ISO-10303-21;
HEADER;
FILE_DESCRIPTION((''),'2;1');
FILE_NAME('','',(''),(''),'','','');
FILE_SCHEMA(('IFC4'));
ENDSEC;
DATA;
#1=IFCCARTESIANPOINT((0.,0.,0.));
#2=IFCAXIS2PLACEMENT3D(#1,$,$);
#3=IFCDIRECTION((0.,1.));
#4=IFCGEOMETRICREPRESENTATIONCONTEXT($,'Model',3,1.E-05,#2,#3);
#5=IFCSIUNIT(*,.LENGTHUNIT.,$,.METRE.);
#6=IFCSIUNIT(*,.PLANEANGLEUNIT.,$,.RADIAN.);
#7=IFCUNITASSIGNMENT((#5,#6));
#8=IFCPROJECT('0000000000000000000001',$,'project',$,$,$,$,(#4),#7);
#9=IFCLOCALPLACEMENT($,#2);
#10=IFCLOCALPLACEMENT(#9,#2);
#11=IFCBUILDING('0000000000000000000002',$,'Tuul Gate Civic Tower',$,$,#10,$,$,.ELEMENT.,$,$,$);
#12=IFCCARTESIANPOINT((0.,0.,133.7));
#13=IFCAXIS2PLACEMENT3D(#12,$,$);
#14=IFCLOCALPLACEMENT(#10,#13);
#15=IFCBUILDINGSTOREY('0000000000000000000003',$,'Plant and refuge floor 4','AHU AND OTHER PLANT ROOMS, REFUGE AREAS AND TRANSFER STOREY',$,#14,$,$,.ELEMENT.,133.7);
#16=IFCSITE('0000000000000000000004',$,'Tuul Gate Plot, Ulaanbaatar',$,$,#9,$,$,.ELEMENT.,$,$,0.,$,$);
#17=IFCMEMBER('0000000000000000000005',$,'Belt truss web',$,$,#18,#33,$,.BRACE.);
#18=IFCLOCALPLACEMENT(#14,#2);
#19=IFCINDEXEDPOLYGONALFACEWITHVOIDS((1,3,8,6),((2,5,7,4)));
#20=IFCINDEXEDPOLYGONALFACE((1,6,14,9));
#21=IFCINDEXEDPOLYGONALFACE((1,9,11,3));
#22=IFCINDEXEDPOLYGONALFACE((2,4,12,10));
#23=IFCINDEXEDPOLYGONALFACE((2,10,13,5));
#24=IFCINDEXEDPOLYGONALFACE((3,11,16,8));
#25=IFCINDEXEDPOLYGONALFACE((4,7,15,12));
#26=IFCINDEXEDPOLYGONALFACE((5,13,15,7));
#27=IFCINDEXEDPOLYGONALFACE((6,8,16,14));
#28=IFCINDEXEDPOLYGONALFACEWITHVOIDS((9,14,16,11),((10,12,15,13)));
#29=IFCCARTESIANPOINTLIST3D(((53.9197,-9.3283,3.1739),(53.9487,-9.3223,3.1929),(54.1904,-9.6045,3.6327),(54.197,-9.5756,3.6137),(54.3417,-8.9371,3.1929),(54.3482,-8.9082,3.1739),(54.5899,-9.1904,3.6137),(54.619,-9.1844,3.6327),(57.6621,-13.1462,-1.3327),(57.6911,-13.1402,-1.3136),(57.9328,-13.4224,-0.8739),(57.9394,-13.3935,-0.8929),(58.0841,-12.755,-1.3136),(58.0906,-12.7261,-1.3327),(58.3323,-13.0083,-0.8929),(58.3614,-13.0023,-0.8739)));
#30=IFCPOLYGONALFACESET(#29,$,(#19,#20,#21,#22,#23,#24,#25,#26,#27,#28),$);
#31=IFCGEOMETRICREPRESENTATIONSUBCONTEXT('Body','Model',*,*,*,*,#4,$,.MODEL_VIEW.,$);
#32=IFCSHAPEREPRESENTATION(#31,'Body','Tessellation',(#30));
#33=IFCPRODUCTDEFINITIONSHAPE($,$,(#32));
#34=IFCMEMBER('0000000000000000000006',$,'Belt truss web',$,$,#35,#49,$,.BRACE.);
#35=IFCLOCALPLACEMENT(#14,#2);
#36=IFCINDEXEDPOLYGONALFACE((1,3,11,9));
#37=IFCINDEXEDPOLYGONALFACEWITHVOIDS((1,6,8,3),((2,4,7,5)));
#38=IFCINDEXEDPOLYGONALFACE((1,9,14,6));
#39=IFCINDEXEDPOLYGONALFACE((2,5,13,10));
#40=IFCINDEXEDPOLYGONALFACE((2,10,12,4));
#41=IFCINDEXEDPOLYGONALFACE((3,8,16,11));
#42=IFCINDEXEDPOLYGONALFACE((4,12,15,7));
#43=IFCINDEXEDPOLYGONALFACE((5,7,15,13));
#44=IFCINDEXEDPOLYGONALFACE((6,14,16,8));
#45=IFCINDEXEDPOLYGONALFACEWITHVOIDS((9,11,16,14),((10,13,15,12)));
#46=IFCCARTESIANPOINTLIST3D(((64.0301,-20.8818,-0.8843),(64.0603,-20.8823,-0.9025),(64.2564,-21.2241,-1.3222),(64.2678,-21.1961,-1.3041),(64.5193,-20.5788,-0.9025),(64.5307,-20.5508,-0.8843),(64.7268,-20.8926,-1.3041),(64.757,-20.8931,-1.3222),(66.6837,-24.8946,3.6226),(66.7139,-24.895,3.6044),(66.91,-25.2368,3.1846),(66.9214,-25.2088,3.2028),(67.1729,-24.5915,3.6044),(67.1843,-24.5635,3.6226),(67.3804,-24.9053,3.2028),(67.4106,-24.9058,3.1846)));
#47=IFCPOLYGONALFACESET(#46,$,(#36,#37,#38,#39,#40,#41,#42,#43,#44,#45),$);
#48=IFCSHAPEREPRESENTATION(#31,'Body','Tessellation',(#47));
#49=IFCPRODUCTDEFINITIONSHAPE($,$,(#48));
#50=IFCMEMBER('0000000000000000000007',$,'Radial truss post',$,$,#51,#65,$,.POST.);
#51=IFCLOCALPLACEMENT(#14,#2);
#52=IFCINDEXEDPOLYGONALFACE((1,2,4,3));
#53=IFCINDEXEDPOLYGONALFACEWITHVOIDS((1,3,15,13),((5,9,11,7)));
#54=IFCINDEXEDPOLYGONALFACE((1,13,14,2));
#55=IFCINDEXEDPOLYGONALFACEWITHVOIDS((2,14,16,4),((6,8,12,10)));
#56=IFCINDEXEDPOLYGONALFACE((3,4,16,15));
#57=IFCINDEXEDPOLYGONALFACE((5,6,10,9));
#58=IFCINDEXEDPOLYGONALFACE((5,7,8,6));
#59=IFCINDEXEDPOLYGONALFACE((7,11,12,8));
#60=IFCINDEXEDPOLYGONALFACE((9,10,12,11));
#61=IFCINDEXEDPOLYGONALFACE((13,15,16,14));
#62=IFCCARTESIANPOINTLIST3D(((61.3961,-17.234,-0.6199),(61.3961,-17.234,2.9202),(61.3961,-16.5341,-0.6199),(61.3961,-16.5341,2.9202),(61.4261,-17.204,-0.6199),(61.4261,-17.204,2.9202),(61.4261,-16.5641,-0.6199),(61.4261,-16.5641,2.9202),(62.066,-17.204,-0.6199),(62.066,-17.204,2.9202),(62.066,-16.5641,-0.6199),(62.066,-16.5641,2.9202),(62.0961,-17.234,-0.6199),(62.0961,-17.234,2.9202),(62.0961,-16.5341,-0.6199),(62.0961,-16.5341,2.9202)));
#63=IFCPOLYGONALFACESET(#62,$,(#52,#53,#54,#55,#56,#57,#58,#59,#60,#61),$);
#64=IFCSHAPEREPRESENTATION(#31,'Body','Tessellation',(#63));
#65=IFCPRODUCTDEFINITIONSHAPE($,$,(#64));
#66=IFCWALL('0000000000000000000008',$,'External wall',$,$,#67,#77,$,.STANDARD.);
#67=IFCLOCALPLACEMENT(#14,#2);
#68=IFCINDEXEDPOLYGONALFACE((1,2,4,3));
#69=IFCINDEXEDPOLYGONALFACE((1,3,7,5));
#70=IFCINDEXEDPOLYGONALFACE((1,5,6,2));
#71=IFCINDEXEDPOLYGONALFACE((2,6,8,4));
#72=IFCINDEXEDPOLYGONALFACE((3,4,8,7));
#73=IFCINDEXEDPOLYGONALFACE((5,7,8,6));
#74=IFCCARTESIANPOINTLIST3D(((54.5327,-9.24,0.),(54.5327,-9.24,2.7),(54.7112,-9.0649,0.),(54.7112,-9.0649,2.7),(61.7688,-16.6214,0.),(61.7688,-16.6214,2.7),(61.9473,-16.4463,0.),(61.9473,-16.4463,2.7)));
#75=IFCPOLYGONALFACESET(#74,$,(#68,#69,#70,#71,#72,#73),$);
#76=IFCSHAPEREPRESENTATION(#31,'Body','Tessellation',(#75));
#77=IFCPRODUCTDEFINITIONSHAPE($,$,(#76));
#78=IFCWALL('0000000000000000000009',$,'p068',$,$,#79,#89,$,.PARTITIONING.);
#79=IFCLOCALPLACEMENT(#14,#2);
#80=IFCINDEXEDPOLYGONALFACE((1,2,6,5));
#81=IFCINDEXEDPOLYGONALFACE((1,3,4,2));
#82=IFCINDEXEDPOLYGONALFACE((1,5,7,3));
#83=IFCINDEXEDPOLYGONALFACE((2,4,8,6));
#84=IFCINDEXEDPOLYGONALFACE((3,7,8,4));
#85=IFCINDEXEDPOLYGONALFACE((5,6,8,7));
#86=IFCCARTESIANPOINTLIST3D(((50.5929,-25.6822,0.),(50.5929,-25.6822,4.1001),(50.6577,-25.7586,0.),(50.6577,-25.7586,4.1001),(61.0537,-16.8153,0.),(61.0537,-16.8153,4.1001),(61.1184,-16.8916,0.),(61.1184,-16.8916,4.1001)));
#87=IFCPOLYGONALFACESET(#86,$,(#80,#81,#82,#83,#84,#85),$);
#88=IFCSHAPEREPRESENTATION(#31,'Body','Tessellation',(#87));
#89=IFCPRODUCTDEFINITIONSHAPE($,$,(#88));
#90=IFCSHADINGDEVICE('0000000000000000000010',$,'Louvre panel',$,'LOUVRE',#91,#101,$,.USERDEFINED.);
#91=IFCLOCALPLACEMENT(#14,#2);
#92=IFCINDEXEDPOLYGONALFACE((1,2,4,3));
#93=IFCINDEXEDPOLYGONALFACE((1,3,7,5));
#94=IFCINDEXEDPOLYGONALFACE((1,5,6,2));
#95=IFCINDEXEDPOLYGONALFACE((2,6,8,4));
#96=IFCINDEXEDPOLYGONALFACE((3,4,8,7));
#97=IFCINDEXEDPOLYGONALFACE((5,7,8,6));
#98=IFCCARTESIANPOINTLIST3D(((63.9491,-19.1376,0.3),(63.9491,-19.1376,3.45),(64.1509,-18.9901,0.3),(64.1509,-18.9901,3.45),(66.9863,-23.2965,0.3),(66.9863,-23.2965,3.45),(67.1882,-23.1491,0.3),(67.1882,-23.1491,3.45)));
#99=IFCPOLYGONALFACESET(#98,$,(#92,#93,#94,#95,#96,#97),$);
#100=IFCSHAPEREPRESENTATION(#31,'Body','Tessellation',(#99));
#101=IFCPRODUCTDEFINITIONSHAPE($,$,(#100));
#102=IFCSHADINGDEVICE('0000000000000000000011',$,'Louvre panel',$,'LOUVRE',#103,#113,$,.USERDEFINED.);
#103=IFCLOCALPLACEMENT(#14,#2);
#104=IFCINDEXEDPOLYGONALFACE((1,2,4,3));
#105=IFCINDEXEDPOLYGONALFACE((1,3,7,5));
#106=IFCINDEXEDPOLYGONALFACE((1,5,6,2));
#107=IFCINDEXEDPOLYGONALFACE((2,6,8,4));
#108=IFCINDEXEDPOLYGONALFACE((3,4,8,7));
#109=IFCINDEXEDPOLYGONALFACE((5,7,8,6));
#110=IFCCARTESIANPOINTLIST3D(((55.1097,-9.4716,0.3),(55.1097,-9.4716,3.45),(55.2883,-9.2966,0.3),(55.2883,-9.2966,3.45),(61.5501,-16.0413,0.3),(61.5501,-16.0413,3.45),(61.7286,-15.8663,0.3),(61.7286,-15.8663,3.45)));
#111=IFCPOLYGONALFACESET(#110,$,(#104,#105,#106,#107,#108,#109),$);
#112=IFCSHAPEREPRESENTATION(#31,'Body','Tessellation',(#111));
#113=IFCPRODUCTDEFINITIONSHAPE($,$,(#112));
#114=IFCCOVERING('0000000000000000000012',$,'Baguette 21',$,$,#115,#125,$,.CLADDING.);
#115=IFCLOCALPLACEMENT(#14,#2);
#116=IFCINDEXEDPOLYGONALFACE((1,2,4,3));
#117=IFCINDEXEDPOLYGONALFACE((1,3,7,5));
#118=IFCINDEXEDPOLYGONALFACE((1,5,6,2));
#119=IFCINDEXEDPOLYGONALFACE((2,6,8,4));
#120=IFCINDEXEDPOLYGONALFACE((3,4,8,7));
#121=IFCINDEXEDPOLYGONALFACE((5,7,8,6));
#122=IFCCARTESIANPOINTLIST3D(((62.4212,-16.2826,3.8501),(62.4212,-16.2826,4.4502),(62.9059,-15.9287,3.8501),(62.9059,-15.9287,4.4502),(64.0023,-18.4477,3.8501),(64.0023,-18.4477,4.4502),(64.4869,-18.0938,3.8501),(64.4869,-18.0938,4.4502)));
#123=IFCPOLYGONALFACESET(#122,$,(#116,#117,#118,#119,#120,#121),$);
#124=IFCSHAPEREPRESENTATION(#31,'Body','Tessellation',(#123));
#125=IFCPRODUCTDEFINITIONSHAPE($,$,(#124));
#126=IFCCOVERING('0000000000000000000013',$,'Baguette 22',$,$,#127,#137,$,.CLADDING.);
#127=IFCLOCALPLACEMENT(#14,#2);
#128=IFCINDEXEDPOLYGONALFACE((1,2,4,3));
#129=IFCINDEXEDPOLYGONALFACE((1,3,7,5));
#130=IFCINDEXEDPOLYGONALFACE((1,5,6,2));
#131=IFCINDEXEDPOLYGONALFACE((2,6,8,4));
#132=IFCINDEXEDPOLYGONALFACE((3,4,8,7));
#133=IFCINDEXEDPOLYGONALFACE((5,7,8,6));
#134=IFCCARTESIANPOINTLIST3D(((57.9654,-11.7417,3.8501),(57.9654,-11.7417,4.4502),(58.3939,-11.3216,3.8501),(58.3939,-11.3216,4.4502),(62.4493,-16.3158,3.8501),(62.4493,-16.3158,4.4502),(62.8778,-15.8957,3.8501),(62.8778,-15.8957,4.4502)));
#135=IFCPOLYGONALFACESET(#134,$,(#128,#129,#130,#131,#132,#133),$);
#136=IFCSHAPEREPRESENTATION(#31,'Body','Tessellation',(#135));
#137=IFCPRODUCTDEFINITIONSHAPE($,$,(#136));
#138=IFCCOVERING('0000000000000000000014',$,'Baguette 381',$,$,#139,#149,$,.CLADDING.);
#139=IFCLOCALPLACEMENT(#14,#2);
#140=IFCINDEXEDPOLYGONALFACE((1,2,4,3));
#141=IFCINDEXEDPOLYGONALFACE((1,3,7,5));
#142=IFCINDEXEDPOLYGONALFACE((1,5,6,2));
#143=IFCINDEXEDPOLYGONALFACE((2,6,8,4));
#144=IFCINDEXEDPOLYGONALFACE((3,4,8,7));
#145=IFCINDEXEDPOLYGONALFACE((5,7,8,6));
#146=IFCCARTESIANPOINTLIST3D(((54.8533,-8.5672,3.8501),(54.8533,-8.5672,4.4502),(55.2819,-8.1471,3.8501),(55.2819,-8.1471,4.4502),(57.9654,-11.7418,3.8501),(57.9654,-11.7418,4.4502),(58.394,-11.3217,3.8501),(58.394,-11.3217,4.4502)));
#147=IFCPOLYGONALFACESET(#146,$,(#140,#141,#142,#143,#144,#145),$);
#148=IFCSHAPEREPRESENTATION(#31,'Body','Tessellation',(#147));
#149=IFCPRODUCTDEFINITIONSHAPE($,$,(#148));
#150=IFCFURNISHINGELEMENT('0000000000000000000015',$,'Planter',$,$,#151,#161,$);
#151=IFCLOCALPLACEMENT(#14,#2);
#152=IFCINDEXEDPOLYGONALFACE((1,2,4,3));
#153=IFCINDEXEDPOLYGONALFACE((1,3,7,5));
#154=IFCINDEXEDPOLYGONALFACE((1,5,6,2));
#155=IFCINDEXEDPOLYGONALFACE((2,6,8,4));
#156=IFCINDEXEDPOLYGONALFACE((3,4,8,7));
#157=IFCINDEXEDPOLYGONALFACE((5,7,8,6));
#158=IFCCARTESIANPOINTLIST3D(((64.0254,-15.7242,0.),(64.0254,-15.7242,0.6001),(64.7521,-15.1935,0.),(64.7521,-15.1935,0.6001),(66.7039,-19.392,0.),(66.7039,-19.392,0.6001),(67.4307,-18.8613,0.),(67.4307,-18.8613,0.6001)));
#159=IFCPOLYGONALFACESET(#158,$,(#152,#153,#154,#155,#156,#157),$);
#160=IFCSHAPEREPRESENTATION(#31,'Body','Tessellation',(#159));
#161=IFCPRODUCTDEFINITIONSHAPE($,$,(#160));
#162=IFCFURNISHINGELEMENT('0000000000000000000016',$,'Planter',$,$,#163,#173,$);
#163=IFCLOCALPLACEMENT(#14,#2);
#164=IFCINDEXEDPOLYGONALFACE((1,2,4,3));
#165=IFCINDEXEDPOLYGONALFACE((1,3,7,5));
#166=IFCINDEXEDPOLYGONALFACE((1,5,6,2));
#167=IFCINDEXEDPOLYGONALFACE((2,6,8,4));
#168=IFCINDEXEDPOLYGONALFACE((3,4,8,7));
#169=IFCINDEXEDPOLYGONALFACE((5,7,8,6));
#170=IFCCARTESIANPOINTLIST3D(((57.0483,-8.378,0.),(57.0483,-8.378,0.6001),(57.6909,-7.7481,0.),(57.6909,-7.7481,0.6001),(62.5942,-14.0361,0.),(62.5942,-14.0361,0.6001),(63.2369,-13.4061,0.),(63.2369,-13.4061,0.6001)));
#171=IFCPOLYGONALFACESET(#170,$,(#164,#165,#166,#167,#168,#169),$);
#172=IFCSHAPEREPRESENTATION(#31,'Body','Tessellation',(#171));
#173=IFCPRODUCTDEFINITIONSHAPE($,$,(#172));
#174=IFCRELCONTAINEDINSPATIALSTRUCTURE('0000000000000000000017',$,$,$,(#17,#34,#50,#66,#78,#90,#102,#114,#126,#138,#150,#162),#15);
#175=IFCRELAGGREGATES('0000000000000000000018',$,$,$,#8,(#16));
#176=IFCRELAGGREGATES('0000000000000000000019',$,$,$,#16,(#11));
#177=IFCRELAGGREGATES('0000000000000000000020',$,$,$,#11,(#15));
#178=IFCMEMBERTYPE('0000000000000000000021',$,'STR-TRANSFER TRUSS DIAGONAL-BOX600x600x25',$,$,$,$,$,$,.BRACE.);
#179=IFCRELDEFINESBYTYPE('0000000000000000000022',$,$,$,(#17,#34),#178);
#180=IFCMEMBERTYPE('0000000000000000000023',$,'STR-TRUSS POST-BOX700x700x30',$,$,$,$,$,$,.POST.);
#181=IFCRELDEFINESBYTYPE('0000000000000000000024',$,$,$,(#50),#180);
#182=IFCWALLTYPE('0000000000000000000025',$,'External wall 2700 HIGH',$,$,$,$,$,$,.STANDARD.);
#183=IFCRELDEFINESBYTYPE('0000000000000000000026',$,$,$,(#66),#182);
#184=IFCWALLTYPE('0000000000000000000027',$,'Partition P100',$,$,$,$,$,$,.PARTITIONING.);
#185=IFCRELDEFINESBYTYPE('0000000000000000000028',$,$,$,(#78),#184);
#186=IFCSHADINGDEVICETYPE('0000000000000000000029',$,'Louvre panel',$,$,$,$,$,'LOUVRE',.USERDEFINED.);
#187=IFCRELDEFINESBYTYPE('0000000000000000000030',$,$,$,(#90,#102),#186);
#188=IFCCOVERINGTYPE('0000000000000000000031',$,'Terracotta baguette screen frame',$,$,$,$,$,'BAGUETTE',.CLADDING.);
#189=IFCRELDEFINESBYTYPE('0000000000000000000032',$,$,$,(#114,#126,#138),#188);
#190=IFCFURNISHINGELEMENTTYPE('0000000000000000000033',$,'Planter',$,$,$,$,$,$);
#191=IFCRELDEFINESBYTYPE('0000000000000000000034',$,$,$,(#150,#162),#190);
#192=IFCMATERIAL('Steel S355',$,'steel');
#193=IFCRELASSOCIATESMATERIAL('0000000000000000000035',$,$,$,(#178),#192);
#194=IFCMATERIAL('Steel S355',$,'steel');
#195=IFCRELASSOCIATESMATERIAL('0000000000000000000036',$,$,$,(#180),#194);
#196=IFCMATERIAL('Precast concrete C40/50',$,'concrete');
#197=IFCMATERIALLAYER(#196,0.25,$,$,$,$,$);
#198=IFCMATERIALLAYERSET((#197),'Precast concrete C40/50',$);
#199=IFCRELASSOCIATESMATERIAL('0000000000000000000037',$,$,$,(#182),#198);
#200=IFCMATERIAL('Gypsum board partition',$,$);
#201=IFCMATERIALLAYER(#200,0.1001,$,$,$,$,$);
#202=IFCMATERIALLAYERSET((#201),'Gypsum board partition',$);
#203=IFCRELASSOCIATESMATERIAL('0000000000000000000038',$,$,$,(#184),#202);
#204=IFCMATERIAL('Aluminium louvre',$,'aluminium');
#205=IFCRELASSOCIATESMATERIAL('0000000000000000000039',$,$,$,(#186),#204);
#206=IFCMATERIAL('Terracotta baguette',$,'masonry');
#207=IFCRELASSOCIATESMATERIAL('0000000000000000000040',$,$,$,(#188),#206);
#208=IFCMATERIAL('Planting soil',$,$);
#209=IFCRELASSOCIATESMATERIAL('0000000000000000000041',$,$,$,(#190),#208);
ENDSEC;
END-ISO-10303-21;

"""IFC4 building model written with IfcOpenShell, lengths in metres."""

from ifc_helpers import new_model, si_unit, direction, frame, frame_2d, origin, origin_2d, place, context, subcontext, project, spatial, rectangle, hollow_rectangle, extrude, material, layer, layer_set, material_profile, profile_set, type_object, element, save


model = new_model("IFC4")

# Units and contexts
model_context = context("Model", 3, precision=1e-05, world=origin(), true_north=direction((0.0, 1.0)))
body_context = subcontext(model_context, "Body", "Model", "MODEL_VIEW")
ifc_project = project(units=[si_unit("LENGTHUNIT", "METRE"), si_unit("PLANEANGLEUNIT", "RADIAN")], contexts=[model_context])

# Site, building, storey
site_placement = place(None, origin())
site = spatial("IfcSite", under=ifc_project, at=site_placement, Name="Tuul Gate Plot, Ulaanbaatar", CompositionType="ELEMENT", RefElevation=0.0)
building_placement = place(site_placement, origin())
building = spatial("IfcBuilding", under=site, at=building_placement, Name="Tuul Gate Civic Tower", CompositionType="ELEMENT")
storey_placement = place(building_placement, frame((0.0, 0.0, 133.7)))
storey = spatial("IfcBuildingStorey", under=building, at=storey_placement, Name="Plant and refuge floor 4", Description="AHU AND OTHER PLANT ROOMS, REFUGE AREAS AND TRANSFER STOREY", CompositionType="ELEMENT", Elevation=133.7)

# Members
ifc_material_1 = material(Name="Steel S355", Category="steel")
ifc_material_profile_1 = material_profile(ifc_material_1, hollow_rectangle(XDim=0.6001, YDim=0.6001, WallThickness=0.0249, at=origin_2d()), Name="BOX600x600x25")
ifc_profile_set_1 = profile_set([ifc_material_profile_1], Name="Steel S355")
member_type_1 = type_object("IfcMemberType", Name="STR-TRANSFER TRUSS DIAGONAL-BOX600x600x25", PredefinedType="BRACE", material=ifc_profile_set_1)
for number, where, z_axis, x_axis, name in (
    (1, (58.0117, -13.0742, -1.1033), (-0.535227, 0.546016, 0.644514), (-0.714127, -0.700016, 0.0), "Belt truss web"),
):
    element("IfcMember", number, at=place(storey_placement, frame(where, z_axis=z_axis, x_axis=x_axis)), inside=storey, type_object=member_type_1, Name=name, PredefinedType="BRACE", context=body_context, shape_type="SweptSolid", body=[
        extrude(hollow_rectangle(XDim=0.6001, YDim=0.6001, WallThickness=0.0249, at=origin_2d()), origin(), (0.0, 0.0, 1.0), 6.9922),
    ])
member_1_placement = place(storey_placement, frame((64.3936, -20.8875, -1.1033), z_axis=(0.402542, -0.60872, 0.683681), x_axis=(0.834114, 0.551593, 0.0)))
element("IfcMember", 2, at=member_1_placement, inside=storey, type_object=member_type_1, Name="Belt truss web", PredefinedType="BRACE", context=body_context, shape_type="SweptSolid", body=[
    extrude(hollow_rectangle(XDim=0.6001, YDim=0.6001, WallThickness=0.0249, at=origin_2d()), origin(), (0.0, 0.0, 1.0), 6.592),
])
ifc_material_2 = material(Name="Steel S355", Category="steel")
ifc_material_profile_2 = material_profile(ifc_material_2, hollow_rectangle(XDim=0.7, YDim=0.7, WallThickness=0.03, at=origin_2d()), Name="BOX700x700x30")
ifc_profile_set_2 = profile_set([ifc_material_profile_2], Name="Steel S355")
member_type_2 = type_object("IfcMemberType", Name="STR-TRUSS POST-BOX700x700x30", PredefinedType="POST", material=ifc_profile_set_2)
member_2_placement = place(storey_placement, frame((61.7461, -16.884, -0.6199), z_axis=(0.0, 0.0, 1.0), x_axis=(1.0, 0.0, 0.0)))
element("IfcMember", 3, at=member_2_placement, inside=storey, type_object=member_type_2, Name="Radial truss post", PredefinedType="POST", context=body_context, shape_type="SweptSolid", body=[
    extrude(hollow_rectangle(XDim=0.7, YDim=0.7, WallThickness=0.03, at=origin_2d()), origin(), (0.0, 0.0, 1.0), 3.54),
])

# Walls
ifc_material_3 = material(Name="Precast concrete C40/50", Category="concrete")
ifc_layer_1 = layer(ifc_material_3, 0.25)
ifc_layer_set_1 = layer_set([ifc_layer_1], Name="Precast concrete C40/50")
wall_type_1 = type_object("IfcWallType", Name="External wall 2700 HIGH", PredefinedType="STANDARD", material=ifc_layer_set_1)
wall_1_placement = place(storey_placement, frame((61.8582, -16.5339, 0.0), z_axis=(0.0, 0.0, 1.0), x_axis=(-0.700045, 0.714099, 0.0)))
element("IfcWall", 4, at=wall_1_placement, inside=storey, type_object=wall_type_1, Name="External wall", PredefinedType="STANDARD", context=body_context, shape_type="SweptSolid", body=[
    extrude(rectangle(XDim=10.3367, YDim=0.25, at=frame_2d((5.1685, 0.0))), origin(), (0.0, 0.0, 1.0), 2.7),
])
ifc_material_4 = material(Name="Gypsum board partition")
ifc_layer_2 = layer(ifc_material_4, 0.1001)
ifc_layer_set_2 = layer_set([ifc_layer_2], Name="Gypsum board partition")
wall_type_2 = type_object("IfcWallType", Name="Partition P100", PredefinedType="PARTITIONING", material=ifc_layer_set_2)
wall_2_placement = place(storey_placement, frame((61.0859, -16.8535, 0.0), z_axis=(0.0, 0.0, 1.0), x_axis=(-0.762825, -0.646604, 0.0)))
element("IfcWall", 5, at=wall_2_placement, inside=storey, type_object=wall_type_2, Name="p068", PredefinedType="PARTITIONING", context=body_context, shape_type="SweptSolid", body=[
    extrude(rectangle(XDim=13.7131, YDim=0.1001, at=frame_2d((6.8564, 0.0))), origin(), (0.0, 0.0, 1.0), 4.1001),
])

# Shading devices
ifc_material_5 = material(Name="Aluminium louvre", Category="aluminium")
shading_device_type = type_object("IfcShadingDeviceType", Name="Louvre panel", ElementType="LOUVRE", PredefinedType="USERDEFINED", material=ifc_material_5)
shading_device_1_placement = place(storey_placement, frame((65.5686, -21.1433, 0.3), z_axis=(0.0, 0.0, 1.0), x_axis=(0.807578, 0.58976, 0.0)))
element("IfcShadingDevice", 6, at=shading_device_1_placement, inside=storey, type_object=shading_device_type, Name="Louvre panel", ObjectType="LOUVRE", PredefinedType="USERDEFINED", context=body_context, shape_type="SweptSolid", body=[
    extrude(rectangle(XDim=0.25, YDim=5.1499, at=origin_2d()), origin(), (0.0, 0.0, 1.0), 3.1499),
])
shading_device_2_placement = place(storey_placement, frame((58.4192, -12.6689, 0.3), z_axis=(0.0, 0.0, 1.0), x_axis=(0.7141, 0.700043, 0.0)))
element("IfcShadingDevice", 7, at=shading_device_2_placement, inside=storey, type_object=shading_device_type, Name="Louvre panel", ObjectType="LOUVRE", PredefinedType="USERDEFINED", context=body_context, shape_type="SweptSolid", body=[
    extrude(rectangle(XDim=0.25, YDim=9.2, at=origin_2d()), origin(), (0.0, 0.0, 1.0), 3.1499),
])

# Coverings
ifc_material_6 = material(Name="Terracotta baguette", Category="masonry")
ifc_material_profile_3 = material_profile(ifc_material_6, rectangle(XDim=0.6001, YDim=0.6001, at=origin_2d()), Name="Terracotta baguette screen frame")
ifc_profile_set_3 = profile_set([ifc_material_profile_3], Name="Terracotta baguette")
covering_type = type_object("IfcCoveringType", Name="Terracotta baguette screen frame", ElementType="BAGUETTE", PredefinedType="CLADDING", material=ifc_profile_set_3)
covering_1_placement = place(storey_placement, frame((64.2446, -18.2708, 4.1501), z_axis=(-0.589752, 0.807585, 0.0), x_axis=(-0.807585, -0.589752, 0.0)))
element("IfcCovering", 8, at=covering_1_placement, inside=storey, type_object=covering_type, Name="Baguette 21", PredefinedType="CLADDING", context=body_context, shape_type="SweptSolid", body=[
    extrude(rectangle(XDim=0.6001, YDim=0.6001, at=origin_2d()), origin(), (0.0, 0.0, 1.0), 2.6809),
])
covering_2_placement = place(storey_placement, frame((62.6636, -16.1057, 4.1501), z_axis=(-0.700039, 0.714104, 0.0), x_axis=(-0.714104, -0.700039, 0.0)))
element("IfcCovering", 9, at=covering_2_placement, inside=storey, type_object=covering_type, Name="Baguette 22", PredefinedType="CLADDING", context=body_context, shape_type="SweptSolid", body=[
    extrude(rectangle(XDim=0.6001, YDim=0.6001, at=origin_2d()), origin(), (0.0, 0.0, 1.0), 6.4053),
])
covering_3_placement = place(storey_placement, frame((58.1797, -11.5317, 4.1501), z_axis=(-0.700042, 0.714101, 0.0), x_axis=(-0.714101, -0.700042, 0.0)))
element("IfcCovering", 10, at=covering_3_placement, inside=storey, type_object=covering_type, Name="Baguette 381", PredefinedType="CLADDING", context=body_context, shape_type="SweptSolid", body=[
    extrude(rectangle(XDim=0.6001, YDim=0.6001, at=origin_2d()), origin(), (0.0, 0.0, 1.0), 4.4456),
])

# Furnishing elements
ifc_material_7 = material(Name="Planting soil")
furnishing_element_type = type_object("IfcFurnishingElementType", Name="Planter", material=ifc_material_7)
furnishing_1_placement = place(storey_placement, frame((65.728, -17.2927, 0.0), z_axis=(0.0, 0.0, 1.0), x_axis=(-0.589764, 0.807576, 0.0)))
element("IfcFurnishingElement", 11, at=furnishing_1_placement, inside=storey, type_object=furnishing_element_type, Name="Planter", context=body_context, shape_type="SweptSolid", body=[
    extrude(rectangle(XDim=4.5417, YDim=0.8999, at=origin_2d()), origin(), (0.0, 0.0, 1.0), 0.6001),
])
furnishing_2_placement = place(storey_placement, frame((60.1426, -10.8921, 0.0), z_axis=(0.0, 0.0, 1.0), x_axis=(-0.7, 0.714143, 0.0)))
element("IfcFurnishingElement", 12, at=furnishing_2_placement, inside=storey, type_object=furnishing_element_type, Name="Planter", context=body_context, shape_type="SweptSolid", body=[
    extrude(rectangle(XDim=7.9229, YDim=0.8999, at=origin_2d()), origin(), (0.0, 0.0, 1.0), 0.6001),
])

save(model, "model.ifc")
